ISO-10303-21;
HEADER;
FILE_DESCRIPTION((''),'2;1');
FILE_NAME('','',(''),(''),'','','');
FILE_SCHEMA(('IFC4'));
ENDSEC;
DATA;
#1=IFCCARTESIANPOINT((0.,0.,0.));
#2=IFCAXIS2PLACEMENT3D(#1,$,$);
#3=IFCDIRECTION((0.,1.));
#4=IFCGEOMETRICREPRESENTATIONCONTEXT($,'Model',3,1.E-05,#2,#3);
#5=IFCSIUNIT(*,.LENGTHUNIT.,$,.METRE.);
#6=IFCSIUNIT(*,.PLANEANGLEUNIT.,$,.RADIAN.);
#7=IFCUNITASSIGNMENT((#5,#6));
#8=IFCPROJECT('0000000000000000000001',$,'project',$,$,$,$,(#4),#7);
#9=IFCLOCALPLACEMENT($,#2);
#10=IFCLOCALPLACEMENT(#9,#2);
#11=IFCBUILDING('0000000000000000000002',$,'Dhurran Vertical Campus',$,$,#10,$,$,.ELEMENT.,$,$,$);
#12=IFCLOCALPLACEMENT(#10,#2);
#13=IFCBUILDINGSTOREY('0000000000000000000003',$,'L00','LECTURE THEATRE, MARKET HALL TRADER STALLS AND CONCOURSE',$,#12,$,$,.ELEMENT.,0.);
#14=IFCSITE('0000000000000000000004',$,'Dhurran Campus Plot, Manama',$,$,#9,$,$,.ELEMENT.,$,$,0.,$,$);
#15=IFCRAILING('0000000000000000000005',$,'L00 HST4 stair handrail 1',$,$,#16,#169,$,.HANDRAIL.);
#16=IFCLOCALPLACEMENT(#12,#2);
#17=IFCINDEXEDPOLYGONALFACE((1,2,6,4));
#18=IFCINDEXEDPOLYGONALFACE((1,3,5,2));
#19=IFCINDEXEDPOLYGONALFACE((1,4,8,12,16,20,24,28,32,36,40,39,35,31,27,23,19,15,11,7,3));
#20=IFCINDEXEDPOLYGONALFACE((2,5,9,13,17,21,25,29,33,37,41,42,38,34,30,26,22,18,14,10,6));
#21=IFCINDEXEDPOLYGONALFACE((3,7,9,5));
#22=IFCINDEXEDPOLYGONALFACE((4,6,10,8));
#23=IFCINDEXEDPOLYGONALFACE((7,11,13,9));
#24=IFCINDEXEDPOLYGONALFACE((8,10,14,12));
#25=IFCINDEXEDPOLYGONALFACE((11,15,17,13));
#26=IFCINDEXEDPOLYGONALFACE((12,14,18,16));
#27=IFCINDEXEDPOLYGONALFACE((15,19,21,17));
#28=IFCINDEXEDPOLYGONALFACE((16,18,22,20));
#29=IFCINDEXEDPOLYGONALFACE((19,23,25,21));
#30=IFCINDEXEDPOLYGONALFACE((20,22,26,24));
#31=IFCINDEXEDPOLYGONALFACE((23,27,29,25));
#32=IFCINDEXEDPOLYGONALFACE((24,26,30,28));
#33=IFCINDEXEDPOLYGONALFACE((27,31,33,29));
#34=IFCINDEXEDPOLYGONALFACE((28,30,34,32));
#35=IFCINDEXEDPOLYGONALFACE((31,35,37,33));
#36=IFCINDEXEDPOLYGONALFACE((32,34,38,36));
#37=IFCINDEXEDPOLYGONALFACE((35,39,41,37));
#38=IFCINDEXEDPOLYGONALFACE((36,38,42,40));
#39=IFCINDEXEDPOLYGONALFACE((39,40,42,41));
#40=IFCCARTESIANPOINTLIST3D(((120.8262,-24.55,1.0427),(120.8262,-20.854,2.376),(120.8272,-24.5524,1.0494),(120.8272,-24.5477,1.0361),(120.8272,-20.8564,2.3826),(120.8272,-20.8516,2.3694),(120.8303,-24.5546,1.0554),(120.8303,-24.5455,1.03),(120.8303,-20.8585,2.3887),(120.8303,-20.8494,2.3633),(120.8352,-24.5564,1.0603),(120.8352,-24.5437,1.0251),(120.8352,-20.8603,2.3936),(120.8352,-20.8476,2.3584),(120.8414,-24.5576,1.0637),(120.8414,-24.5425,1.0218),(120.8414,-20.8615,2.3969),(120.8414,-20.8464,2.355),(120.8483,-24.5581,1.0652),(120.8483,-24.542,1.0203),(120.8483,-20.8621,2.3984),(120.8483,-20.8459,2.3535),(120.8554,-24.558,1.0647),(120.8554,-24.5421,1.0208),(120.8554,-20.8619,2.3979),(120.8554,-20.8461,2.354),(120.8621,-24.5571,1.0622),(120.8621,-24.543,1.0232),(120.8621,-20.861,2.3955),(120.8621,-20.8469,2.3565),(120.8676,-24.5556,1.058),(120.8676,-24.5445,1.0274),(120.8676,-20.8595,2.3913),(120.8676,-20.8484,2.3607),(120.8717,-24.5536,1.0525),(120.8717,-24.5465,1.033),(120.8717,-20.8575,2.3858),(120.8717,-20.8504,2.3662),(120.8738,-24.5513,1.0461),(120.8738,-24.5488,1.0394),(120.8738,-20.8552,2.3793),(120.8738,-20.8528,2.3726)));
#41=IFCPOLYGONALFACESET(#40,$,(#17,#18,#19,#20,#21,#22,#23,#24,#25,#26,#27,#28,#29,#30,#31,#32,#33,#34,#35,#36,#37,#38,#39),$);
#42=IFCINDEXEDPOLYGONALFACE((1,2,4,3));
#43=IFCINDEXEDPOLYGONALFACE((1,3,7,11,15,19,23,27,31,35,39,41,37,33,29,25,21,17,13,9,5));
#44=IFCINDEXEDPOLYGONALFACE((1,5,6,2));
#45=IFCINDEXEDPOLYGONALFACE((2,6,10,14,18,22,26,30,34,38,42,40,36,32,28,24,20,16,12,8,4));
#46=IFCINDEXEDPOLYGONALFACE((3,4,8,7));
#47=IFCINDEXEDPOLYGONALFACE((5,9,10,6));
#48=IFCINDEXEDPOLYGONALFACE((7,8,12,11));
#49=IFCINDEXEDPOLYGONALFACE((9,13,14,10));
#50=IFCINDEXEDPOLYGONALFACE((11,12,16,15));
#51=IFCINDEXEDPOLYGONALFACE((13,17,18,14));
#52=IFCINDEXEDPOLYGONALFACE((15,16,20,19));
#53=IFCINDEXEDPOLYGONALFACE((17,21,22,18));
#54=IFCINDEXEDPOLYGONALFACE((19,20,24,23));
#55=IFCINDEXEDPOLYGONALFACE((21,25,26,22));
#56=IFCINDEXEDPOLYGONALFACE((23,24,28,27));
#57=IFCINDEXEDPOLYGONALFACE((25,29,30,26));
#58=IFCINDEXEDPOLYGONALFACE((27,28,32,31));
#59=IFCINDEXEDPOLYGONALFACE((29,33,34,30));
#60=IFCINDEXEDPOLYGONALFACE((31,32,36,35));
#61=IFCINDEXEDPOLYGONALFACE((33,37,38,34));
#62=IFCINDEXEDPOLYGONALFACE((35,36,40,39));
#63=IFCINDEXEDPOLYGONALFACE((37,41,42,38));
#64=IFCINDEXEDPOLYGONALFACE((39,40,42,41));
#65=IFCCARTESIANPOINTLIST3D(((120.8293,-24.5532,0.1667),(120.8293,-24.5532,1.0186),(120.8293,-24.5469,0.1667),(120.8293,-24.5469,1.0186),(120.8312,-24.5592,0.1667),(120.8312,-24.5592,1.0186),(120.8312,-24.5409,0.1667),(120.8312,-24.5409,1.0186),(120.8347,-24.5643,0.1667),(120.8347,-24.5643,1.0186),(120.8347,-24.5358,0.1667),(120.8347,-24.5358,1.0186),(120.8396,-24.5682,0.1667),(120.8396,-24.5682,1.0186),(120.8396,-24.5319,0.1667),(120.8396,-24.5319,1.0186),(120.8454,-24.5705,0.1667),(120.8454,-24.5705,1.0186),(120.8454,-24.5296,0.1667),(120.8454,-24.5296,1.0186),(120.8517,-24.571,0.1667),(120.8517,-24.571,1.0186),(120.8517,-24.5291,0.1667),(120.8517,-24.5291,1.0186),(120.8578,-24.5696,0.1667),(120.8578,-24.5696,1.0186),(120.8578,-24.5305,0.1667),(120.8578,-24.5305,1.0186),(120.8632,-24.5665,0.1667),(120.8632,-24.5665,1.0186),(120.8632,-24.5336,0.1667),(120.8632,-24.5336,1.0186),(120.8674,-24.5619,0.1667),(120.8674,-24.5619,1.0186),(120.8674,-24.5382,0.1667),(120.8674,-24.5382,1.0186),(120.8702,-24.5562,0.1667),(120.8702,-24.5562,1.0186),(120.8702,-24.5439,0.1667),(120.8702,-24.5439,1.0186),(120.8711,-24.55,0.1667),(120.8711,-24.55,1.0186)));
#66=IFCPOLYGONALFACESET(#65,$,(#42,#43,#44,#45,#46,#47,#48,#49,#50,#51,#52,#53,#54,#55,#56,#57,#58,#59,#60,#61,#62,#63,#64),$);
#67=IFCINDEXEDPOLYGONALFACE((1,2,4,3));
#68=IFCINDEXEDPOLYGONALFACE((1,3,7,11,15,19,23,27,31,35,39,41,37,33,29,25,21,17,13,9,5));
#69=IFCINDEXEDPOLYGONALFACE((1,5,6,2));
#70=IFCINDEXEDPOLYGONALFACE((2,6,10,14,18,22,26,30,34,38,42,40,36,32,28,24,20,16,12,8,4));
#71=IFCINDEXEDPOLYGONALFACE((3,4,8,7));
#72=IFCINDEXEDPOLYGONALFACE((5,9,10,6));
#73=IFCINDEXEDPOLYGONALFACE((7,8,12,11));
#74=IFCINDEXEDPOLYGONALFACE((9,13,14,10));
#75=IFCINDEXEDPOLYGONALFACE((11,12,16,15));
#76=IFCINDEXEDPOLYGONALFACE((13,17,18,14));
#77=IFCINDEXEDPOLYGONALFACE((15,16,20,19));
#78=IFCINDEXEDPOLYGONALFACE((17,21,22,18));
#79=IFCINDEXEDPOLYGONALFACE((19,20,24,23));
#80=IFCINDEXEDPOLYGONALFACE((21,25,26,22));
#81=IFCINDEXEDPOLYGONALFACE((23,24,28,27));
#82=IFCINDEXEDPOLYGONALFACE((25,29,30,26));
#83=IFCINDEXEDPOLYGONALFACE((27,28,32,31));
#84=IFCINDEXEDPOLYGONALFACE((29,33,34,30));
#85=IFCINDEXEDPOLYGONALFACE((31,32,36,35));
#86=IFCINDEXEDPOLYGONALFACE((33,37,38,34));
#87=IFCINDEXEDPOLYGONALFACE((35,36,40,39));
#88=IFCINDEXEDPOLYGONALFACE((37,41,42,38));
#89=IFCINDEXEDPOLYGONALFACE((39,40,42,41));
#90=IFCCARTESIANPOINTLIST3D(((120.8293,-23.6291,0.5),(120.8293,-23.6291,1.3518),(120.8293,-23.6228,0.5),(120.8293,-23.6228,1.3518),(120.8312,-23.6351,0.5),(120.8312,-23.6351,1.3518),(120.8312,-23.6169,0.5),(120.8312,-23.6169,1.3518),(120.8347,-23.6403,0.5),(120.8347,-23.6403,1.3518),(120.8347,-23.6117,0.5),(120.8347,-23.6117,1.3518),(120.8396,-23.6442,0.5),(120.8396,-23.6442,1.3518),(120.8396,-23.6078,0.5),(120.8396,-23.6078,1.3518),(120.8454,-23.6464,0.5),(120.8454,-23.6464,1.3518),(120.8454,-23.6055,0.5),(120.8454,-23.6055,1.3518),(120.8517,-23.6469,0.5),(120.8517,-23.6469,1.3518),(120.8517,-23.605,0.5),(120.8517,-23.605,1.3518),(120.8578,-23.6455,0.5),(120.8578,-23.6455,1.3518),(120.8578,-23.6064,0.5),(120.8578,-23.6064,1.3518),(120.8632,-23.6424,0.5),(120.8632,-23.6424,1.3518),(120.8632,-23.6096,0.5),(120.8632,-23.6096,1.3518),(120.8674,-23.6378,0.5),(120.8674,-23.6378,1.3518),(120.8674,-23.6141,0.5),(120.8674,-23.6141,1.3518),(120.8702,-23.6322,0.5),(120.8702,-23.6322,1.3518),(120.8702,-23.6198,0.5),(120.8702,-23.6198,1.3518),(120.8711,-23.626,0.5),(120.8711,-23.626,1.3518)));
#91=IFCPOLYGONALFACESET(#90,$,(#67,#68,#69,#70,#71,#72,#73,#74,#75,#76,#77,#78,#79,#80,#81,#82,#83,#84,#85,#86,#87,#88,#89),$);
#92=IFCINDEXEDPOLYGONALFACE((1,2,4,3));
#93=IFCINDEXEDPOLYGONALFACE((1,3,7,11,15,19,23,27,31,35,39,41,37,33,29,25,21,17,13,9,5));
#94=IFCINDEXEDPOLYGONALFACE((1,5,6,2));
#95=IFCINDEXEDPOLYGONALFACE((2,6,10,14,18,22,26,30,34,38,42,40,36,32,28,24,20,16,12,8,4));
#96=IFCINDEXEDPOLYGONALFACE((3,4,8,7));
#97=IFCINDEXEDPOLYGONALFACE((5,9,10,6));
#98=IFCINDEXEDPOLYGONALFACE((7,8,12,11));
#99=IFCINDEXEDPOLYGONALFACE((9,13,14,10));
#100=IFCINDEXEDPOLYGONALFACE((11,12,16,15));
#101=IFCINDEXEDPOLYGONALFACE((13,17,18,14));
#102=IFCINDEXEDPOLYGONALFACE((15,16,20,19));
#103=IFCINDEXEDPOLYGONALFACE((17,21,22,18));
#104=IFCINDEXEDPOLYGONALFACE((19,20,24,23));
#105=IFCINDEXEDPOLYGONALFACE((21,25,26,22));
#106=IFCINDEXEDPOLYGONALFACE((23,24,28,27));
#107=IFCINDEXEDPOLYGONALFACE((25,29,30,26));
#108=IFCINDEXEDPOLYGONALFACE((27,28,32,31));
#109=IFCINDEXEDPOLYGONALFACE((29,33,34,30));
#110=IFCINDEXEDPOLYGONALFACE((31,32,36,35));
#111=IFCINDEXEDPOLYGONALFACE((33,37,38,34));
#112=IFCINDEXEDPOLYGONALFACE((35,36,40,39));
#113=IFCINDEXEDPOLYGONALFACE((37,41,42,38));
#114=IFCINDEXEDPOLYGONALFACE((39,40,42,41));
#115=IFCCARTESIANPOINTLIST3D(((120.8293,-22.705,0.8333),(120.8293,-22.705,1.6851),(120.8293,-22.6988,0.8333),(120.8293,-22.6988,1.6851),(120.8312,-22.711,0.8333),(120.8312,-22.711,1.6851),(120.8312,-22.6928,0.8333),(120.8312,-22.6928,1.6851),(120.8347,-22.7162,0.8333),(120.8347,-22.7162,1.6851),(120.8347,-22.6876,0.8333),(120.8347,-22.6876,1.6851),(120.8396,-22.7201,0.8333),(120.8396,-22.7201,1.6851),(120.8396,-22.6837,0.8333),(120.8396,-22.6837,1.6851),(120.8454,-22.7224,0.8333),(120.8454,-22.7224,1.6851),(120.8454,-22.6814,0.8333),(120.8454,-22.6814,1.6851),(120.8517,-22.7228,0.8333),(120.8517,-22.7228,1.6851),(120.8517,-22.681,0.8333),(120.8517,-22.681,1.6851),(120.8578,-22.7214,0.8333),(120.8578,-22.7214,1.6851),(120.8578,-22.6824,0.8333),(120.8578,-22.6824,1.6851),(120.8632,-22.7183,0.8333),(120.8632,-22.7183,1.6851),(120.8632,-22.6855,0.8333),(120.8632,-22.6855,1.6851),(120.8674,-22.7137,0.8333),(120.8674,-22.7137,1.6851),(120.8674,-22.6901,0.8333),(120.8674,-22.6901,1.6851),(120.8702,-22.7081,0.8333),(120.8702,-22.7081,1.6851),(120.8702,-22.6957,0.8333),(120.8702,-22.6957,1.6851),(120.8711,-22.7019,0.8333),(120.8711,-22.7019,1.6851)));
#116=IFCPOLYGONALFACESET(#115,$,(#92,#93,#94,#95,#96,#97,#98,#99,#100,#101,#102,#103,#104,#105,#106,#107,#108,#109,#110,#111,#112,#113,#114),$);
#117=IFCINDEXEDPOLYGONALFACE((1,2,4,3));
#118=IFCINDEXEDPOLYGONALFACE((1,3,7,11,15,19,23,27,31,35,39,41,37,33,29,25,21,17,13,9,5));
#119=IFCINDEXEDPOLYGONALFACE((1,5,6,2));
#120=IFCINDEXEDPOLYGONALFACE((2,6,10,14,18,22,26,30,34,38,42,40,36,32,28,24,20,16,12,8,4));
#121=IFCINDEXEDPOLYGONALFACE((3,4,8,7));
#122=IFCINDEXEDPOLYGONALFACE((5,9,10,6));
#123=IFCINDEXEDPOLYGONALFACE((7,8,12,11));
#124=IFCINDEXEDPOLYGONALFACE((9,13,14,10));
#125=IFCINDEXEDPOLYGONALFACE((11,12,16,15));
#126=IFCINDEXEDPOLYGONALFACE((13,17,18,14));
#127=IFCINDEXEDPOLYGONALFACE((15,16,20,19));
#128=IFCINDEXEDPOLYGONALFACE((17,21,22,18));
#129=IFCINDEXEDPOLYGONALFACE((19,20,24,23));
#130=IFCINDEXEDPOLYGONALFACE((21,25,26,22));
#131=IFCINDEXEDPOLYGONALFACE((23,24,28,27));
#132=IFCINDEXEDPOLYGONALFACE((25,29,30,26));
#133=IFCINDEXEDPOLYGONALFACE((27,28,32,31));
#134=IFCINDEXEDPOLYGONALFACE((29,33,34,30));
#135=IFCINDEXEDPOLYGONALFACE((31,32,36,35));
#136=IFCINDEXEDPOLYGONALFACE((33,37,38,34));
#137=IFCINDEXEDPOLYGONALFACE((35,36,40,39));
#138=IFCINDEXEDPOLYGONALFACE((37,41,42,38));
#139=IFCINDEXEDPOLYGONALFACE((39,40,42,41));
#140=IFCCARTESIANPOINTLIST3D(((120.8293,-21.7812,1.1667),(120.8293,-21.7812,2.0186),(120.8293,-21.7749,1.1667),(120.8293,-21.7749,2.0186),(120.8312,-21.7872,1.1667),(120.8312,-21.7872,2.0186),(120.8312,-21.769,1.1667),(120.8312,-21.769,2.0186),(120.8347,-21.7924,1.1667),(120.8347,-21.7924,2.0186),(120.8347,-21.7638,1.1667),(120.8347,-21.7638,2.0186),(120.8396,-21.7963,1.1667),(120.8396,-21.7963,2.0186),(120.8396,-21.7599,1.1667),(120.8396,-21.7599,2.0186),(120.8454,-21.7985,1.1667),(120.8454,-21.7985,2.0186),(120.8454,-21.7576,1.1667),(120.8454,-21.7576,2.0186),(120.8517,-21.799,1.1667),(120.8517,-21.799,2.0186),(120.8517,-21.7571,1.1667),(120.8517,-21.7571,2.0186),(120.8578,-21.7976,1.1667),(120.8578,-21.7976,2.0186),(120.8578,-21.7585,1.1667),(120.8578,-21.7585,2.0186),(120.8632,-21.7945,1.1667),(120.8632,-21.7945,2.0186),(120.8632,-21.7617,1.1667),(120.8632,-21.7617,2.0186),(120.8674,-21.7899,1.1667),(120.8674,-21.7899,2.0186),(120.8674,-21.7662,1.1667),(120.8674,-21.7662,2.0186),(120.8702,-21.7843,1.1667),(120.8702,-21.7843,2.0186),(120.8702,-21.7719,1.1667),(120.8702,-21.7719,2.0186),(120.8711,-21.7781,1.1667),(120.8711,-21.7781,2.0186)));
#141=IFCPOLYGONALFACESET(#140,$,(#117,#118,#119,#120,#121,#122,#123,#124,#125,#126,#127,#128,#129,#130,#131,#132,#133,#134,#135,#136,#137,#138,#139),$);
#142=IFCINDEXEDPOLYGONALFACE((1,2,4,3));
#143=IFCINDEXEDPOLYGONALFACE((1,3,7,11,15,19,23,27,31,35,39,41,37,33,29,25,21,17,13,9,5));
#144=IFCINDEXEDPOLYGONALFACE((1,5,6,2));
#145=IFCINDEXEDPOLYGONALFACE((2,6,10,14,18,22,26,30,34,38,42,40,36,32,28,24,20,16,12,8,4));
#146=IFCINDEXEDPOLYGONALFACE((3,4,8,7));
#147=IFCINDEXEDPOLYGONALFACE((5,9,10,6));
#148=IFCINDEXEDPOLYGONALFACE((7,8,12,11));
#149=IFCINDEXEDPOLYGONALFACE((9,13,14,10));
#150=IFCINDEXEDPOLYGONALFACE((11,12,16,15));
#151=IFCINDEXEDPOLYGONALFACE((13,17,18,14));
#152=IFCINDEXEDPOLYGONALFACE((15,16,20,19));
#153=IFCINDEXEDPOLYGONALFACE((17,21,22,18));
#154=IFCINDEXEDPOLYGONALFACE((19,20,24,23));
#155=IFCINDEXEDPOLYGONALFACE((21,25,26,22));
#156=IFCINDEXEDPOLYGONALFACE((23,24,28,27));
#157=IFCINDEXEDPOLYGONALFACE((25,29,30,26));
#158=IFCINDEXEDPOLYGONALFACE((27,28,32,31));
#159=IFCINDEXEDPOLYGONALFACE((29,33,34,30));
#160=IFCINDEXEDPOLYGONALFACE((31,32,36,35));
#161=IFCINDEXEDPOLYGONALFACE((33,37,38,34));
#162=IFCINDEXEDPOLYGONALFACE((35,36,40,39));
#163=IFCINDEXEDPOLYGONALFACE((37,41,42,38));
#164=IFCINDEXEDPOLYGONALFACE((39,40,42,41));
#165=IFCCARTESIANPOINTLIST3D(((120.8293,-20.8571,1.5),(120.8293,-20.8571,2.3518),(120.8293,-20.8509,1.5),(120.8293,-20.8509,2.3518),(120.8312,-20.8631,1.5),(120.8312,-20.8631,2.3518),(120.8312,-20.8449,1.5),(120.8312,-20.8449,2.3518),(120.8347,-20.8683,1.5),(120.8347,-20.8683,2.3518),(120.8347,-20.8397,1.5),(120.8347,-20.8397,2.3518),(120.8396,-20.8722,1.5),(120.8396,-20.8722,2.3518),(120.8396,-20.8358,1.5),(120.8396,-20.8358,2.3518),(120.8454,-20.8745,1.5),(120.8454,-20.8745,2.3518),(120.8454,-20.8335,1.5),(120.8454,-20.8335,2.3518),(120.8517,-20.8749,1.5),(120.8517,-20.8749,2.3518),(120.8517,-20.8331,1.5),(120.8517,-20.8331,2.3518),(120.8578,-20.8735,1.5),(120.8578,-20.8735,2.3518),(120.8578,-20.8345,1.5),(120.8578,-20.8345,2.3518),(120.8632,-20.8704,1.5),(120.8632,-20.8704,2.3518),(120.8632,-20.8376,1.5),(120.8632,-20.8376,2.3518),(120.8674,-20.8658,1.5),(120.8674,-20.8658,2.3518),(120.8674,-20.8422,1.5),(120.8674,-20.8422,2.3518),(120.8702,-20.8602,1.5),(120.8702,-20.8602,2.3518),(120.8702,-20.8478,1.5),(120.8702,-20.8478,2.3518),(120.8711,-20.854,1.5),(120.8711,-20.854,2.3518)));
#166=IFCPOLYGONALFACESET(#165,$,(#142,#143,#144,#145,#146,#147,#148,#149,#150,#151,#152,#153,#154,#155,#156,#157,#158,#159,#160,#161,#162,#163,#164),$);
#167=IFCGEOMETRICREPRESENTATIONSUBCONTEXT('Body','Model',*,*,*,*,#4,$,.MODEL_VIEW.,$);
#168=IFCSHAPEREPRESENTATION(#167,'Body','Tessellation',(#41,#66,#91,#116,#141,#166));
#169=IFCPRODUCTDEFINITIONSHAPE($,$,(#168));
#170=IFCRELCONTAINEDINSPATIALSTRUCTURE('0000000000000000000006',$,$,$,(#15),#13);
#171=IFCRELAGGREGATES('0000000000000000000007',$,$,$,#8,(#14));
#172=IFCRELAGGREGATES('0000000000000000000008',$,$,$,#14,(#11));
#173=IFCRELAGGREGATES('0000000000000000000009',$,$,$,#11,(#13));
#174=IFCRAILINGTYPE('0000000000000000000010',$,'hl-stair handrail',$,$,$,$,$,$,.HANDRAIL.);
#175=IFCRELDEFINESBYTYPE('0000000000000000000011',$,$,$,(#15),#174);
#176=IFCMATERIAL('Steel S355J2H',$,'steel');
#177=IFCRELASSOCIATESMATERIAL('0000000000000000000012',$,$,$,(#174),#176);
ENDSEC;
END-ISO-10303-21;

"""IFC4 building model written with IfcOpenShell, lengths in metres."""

from ifc_helpers import new_model, si_unit, direction, frame, origin, origin_2d, place, context, subcontext, project, spatial, circle, extrude, material, type_object, element, save


model = new_model("IFC4")

# Units and contexts
model_context = context("Model", 3, precision=1e-05, world=origin(), true_north=direction((0.0, 1.0)))
body_context = subcontext(model_context, "Body", "Model", "MODEL_VIEW")
ifc_project = project(units=[si_unit("LENGTHUNIT", "METRE"), si_unit("PLANEANGLEUNIT", "RADIAN")], contexts=[model_context])

# Site, building, storey
site_placement = place(None, origin())
site = spatial("IfcSite", under=ifc_project, at=site_placement, Name="Dhurran Campus Plot, Manama", CompositionType="ELEMENT", RefElevation=0.0)
building_placement = place(site_placement, origin())
building = spatial("IfcBuilding", under=site, at=building_placement, Name="Dhurran Vertical Campus", CompositionType="ELEMENT")
storey_placement = place(building_placement, origin())
storey = spatial("IfcBuildingStorey", under=building, at=storey_placement, Name="L00", Description="LECTURE THEATRE, MARKET HALL TRADER STALLS AND CONCOURSE", CompositionType="ELEMENT", Elevation=0.0)

# Railing
ifc_material_1 = material(Name="Steel S355J2H", Category="steel")
railing_type_1 = type_object("IfcRailingType", Name="hl-stair handrail", PredefinedType="HANDRAIL", material=ifc_material_1)
for number, where, name in (
    (1, (120.8501, -24.55, 0.1667), "L00 HST4 stair handrail 1"),
):
    element("IfcRailing", number, at=place(storey_placement, frame(where)), inside=storey, type_object=railing_type_1, Name=name, PredefinedType="HANDRAIL", context=body_context, shape_type="SweptSolid", body=[
        extrude(circle(Radius=0.0239, at=origin_2d()), frame((0.0, 0.0, 0.876), z_axis=(0.0, 0.94067, 0.339322), x_axis=(-1.0, 0.0, 0.0)), (0.0, 0.0, 1.0), 3.9292),
        extrude(circle(Radius=0.021, at=origin_2d()), origin(), (0.0, 0.0, 1.0), 0.8518),
        extrude(circle(Radius=0.021, at=origin_2d()), frame((0.0, 0.9241, 0.3333)), (0.0, 0.0, 1.0), 0.8518),
        extrude(circle(Radius=0.021, at=origin_2d()), frame((0.0, 1.8481, 0.6665)), (0.0, 0.0, 1.0), 0.8518),
        extrude(circle(Radius=0.021, at=origin_2d()), frame((0.0, 2.772, 1.0)), (0.0, 0.0, 1.0), 0.8518),
        extrude(circle(Radius=0.021, at=origin_2d()), frame((0.0, 3.696, 1.3333)), (0.0, 0.0, 1.0), 0.8518),
    ])

save(model, "model.ifc")
